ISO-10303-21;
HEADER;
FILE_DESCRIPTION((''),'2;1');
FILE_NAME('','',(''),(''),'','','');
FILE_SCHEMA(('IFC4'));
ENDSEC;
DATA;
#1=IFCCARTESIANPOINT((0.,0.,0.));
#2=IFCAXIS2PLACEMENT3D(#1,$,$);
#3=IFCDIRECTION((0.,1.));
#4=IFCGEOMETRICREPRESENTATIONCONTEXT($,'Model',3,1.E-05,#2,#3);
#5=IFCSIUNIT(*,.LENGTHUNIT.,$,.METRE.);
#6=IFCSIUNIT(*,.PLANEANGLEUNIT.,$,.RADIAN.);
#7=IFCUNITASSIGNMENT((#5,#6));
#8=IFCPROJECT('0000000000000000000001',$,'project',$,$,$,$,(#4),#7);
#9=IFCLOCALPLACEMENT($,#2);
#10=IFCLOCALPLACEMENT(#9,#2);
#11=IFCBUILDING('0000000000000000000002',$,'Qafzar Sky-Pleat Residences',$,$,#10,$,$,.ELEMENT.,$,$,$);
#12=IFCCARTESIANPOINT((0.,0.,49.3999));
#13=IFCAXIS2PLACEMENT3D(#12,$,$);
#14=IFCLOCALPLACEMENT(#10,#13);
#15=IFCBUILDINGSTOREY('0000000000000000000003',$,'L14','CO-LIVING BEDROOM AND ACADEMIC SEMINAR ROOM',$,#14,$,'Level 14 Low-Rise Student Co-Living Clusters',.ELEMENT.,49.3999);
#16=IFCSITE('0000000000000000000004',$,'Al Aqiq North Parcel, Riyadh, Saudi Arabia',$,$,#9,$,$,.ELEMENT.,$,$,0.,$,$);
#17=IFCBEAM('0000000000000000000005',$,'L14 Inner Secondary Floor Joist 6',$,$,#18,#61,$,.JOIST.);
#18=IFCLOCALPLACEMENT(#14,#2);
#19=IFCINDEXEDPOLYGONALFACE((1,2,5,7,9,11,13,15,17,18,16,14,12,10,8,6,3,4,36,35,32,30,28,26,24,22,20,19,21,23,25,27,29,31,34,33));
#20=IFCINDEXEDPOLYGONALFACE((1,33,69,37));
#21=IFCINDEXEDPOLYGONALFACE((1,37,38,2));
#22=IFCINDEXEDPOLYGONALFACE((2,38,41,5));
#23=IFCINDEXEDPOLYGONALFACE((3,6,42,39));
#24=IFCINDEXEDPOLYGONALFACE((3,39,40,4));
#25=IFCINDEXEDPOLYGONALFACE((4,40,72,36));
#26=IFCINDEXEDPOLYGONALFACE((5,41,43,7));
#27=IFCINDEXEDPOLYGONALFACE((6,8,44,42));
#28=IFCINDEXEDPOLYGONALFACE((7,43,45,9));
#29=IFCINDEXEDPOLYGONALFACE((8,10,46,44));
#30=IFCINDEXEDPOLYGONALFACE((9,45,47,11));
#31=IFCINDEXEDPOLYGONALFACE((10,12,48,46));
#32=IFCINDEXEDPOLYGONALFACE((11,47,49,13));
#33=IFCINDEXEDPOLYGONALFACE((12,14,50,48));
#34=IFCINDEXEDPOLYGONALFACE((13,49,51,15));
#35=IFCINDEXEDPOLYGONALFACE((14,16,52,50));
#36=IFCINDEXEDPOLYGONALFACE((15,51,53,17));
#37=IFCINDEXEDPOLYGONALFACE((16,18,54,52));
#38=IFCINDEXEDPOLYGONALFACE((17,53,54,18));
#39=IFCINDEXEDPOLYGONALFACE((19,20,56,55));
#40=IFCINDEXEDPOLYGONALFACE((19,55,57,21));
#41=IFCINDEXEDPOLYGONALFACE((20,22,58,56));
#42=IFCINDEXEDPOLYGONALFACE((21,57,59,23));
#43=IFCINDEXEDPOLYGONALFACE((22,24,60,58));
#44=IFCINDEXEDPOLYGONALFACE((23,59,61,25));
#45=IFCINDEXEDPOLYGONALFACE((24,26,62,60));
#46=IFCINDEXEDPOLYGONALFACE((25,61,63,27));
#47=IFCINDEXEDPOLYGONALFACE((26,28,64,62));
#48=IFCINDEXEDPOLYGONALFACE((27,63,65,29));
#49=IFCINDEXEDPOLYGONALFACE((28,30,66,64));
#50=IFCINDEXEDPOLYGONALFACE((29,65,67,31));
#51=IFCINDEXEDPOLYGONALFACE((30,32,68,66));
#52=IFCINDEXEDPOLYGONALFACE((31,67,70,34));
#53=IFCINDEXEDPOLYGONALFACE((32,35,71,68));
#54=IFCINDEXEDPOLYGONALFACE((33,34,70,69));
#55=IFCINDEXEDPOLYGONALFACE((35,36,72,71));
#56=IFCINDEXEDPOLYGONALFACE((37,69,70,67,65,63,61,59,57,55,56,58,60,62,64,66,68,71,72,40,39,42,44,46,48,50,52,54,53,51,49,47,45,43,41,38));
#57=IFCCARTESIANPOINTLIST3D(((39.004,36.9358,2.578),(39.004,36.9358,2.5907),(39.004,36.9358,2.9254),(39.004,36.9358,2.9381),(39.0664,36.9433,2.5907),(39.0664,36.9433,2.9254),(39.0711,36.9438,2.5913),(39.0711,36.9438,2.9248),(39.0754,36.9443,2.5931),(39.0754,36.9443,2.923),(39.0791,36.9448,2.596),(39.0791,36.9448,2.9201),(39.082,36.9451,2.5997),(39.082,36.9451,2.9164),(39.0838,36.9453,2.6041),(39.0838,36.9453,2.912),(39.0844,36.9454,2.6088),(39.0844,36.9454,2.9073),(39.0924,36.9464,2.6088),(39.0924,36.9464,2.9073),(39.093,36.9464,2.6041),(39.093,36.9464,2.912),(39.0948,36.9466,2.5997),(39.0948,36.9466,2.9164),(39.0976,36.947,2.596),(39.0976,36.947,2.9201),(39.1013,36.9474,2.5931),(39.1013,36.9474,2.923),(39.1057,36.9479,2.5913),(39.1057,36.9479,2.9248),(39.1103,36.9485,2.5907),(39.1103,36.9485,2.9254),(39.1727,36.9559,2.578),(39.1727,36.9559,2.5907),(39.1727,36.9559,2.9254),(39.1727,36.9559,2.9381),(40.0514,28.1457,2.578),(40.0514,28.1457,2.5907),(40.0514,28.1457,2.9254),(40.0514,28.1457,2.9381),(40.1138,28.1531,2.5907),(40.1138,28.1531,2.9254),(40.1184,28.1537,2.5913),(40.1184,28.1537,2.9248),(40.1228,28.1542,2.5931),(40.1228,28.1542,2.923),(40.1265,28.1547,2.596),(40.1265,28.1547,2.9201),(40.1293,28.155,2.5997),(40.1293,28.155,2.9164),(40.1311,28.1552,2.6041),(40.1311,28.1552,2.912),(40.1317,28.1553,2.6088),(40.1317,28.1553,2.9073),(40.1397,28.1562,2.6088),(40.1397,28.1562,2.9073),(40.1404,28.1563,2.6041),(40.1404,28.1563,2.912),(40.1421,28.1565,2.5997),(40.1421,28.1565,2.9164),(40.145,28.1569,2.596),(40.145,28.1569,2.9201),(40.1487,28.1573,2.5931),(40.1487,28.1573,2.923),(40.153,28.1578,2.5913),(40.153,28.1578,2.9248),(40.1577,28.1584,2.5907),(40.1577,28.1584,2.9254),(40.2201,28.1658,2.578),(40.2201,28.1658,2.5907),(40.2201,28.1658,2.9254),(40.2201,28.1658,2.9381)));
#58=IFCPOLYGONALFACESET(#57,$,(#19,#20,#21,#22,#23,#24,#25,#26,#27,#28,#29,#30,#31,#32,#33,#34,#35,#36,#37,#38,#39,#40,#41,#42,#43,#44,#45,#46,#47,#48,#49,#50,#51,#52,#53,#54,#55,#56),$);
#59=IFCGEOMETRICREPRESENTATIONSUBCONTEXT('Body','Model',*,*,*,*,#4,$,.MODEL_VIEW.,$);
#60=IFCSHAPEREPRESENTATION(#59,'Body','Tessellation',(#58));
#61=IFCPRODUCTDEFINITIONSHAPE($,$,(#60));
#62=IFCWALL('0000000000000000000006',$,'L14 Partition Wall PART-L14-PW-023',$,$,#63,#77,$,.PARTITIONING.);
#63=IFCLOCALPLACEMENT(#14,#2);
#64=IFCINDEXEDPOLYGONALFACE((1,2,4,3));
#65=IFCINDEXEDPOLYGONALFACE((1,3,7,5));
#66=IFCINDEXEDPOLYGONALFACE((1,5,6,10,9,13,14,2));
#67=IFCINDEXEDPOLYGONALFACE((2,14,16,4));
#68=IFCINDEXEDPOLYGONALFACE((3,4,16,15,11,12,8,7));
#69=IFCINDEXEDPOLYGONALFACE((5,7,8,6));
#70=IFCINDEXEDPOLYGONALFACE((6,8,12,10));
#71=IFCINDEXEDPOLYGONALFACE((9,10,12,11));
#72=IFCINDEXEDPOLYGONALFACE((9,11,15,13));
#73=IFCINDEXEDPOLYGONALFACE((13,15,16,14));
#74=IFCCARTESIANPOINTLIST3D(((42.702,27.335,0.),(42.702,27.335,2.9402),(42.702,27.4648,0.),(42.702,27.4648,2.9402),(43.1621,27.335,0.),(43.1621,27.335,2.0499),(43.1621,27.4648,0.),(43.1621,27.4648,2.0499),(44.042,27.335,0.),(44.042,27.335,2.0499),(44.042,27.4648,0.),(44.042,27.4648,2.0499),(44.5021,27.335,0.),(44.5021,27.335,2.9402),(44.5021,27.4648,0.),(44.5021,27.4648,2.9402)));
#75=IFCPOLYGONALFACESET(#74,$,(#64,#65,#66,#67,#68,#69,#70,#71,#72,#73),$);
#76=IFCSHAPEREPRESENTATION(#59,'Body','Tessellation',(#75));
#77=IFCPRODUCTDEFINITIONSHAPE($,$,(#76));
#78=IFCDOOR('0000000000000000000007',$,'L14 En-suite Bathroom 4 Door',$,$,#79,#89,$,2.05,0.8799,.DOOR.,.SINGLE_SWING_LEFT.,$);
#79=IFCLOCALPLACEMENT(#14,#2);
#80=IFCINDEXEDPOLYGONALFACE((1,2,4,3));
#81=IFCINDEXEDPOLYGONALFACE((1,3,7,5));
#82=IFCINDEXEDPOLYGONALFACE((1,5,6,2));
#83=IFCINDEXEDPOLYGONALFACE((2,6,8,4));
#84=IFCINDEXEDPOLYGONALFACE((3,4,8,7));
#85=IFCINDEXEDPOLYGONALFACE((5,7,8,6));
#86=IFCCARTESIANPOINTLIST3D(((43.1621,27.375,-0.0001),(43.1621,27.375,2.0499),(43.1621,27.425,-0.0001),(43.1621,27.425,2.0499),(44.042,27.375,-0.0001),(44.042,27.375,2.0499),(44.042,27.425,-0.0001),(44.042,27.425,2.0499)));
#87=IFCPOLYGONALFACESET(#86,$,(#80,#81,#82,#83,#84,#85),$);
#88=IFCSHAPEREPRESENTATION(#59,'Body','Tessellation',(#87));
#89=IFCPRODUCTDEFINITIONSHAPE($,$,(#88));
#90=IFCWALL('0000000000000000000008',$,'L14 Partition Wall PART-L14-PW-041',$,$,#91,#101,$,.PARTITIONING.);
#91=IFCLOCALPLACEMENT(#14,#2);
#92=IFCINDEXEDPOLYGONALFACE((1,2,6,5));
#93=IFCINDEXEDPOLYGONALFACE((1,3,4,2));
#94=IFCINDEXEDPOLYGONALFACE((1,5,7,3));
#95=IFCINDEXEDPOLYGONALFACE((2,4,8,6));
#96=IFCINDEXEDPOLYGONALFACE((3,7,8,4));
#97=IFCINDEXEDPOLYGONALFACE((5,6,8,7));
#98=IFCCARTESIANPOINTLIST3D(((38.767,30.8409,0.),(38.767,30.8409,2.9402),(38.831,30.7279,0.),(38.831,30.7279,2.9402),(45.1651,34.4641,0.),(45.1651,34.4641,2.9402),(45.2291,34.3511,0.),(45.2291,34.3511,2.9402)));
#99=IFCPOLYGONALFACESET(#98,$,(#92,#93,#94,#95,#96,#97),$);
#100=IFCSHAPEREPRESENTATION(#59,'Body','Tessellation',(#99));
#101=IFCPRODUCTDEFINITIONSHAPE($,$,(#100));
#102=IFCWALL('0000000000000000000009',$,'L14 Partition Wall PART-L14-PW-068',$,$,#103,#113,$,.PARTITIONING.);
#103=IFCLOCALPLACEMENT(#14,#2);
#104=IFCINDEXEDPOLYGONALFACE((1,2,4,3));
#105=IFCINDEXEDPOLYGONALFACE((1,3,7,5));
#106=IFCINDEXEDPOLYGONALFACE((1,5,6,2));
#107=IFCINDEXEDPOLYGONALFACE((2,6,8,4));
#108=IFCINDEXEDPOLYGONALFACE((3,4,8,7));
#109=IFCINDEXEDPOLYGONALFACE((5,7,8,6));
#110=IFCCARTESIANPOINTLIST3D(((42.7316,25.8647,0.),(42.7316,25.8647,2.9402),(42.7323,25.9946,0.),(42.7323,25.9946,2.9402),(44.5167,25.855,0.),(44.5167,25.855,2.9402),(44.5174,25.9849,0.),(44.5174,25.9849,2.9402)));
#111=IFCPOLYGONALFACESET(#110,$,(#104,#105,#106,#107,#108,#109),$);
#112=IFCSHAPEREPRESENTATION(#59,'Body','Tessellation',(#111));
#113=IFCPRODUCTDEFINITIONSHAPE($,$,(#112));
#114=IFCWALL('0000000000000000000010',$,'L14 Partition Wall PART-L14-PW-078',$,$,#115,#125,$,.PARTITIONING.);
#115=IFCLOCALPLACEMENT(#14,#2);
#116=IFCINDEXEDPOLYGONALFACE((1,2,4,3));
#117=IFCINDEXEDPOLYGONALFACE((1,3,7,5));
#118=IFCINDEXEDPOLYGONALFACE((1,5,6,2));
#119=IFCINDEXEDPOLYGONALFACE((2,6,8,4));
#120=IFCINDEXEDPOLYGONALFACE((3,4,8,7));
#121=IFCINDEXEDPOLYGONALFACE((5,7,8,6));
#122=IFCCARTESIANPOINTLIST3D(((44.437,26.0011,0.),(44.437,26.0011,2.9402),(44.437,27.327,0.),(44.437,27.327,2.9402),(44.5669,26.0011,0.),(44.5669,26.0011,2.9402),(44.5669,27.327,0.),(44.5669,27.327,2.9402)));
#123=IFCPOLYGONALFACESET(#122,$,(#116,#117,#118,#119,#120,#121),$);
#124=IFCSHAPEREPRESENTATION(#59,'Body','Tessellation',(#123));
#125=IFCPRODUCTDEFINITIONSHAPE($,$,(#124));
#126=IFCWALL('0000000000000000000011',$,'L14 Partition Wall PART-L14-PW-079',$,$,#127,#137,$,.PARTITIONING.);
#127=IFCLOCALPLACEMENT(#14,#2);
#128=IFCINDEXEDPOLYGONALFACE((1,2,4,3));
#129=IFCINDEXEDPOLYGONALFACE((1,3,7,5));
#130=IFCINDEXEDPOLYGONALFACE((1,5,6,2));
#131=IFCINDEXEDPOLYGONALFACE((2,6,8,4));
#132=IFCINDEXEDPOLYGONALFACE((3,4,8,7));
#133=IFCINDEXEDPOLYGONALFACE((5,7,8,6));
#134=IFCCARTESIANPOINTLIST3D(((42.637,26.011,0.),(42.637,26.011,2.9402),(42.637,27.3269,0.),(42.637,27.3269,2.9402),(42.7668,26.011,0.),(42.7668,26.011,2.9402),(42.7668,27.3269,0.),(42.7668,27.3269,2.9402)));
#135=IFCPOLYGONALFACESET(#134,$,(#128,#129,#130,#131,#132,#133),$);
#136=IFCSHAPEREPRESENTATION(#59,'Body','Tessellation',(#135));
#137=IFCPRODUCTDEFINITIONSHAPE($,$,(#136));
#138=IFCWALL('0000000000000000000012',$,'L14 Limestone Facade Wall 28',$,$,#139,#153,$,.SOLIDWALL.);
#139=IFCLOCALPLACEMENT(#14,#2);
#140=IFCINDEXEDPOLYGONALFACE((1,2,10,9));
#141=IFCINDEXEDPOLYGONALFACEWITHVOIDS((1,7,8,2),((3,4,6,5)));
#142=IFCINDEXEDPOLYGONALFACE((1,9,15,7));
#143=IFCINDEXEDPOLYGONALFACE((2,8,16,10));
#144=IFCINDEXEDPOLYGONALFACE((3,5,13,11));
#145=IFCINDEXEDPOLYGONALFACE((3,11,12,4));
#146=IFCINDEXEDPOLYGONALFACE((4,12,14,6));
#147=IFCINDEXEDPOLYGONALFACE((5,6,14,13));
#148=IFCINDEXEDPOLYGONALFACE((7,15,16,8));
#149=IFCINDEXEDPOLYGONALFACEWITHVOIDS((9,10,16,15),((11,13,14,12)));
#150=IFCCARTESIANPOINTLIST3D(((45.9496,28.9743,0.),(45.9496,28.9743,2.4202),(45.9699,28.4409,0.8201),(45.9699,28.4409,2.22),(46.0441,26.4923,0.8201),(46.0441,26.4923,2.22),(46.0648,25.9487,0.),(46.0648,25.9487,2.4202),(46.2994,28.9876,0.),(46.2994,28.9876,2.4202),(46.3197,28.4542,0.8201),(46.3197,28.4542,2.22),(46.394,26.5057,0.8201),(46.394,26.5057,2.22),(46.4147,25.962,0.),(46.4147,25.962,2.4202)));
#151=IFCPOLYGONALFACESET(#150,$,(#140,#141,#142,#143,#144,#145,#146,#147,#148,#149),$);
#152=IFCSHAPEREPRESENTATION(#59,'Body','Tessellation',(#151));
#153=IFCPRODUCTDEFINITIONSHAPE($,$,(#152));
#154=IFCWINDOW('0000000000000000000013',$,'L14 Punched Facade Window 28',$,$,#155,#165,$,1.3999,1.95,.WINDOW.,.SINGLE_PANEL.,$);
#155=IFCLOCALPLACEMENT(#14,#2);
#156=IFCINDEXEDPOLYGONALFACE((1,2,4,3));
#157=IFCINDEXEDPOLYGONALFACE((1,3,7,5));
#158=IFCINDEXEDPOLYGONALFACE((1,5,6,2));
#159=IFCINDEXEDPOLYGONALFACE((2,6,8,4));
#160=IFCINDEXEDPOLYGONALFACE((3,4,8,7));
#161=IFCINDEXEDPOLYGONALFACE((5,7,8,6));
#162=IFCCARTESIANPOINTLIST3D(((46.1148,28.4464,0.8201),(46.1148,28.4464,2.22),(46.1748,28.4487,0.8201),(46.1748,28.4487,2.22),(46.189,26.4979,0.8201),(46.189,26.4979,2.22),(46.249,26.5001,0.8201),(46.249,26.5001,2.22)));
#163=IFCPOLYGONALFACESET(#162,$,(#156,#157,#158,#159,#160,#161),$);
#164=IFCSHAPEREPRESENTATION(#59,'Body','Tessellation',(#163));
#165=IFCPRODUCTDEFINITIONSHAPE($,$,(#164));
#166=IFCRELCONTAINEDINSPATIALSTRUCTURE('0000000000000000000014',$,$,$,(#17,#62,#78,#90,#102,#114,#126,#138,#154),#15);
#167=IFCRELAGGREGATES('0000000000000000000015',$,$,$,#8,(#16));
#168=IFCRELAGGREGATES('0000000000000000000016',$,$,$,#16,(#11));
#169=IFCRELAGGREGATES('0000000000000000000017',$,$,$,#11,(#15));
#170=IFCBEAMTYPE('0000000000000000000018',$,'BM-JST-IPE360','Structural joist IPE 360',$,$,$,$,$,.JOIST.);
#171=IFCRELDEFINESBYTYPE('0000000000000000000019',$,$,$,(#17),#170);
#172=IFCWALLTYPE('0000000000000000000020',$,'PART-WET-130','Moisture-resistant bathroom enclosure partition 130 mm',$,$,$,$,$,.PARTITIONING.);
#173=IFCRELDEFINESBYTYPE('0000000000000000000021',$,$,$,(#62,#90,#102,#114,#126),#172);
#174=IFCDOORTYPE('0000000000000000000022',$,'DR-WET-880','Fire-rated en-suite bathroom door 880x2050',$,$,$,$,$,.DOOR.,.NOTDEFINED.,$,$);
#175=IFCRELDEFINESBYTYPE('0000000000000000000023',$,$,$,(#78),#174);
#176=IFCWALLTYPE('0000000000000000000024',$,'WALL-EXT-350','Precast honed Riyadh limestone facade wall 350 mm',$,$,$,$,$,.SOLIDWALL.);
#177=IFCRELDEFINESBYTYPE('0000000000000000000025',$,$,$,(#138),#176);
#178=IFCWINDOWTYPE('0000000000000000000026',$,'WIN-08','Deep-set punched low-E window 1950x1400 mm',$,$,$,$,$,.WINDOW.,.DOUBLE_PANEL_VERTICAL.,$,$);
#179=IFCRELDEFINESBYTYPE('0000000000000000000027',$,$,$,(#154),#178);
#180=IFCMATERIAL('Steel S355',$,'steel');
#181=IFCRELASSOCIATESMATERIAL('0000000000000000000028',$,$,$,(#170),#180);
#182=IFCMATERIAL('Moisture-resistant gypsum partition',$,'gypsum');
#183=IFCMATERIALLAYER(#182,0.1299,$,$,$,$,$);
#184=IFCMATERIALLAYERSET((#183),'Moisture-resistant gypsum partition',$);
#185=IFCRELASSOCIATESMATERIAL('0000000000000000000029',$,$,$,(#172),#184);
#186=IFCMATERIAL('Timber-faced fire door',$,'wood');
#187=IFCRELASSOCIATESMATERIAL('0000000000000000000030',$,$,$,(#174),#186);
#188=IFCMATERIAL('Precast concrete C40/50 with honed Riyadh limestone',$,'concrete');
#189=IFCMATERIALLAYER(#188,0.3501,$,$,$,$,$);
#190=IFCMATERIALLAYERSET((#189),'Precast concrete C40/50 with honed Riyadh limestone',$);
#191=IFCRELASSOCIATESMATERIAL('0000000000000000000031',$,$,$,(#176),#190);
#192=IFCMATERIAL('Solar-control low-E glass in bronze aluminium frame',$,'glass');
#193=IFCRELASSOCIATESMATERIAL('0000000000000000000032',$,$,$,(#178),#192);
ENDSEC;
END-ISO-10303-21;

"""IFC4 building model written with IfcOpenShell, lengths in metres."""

from ifc_helpers import new_model, si_unit, direction, frame, frame_2d, origin, origin_2d, place, context, subcontext, project, spatial, rectangle, i_section, extrude, source, transform, mapped, material, layer, layer_set, material_profile, profile_set, type_object, element, fill, save


model = new_model("IFC4")

# Units and contexts
model_context = context("Model", 3, precision=1e-05, world=origin(), true_north=direction((0.0, 1.0)))
body_context = subcontext(model_context, "Body", "Model", "MODEL_VIEW")
ifc_project = project(units=[si_unit("LENGTHUNIT", "METRE"), si_unit("PLANEANGLEUNIT", "RADIAN")], contexts=[model_context])

# Site, building, storey
site_placement = place(None, origin())
site = spatial("IfcSite", under=ifc_project, at=site_placement, Name="Al Aqiq North Parcel, Riyadh, Saudi Arabia", CompositionType="ELEMENT", RefElevation=0.0)
building_placement = place(site_placement, origin())
building = spatial("IfcBuilding", under=site, at=building_placement, Name="Qafzar Sky-Pleat Residences", CompositionType="ELEMENT")
storey_placement = place(building_placement, frame((0.0, 0.0, 49.3999)))
storey = spatial("IfcBuildingStorey", under=building, at=storey_placement, Name="L14", Description="CO-LIVING BEDROOM AND ACADEMIC SEMINAR ROOM", LongName="Level 14 Low-Rise Student Co-Living Clusters", CompositionType="ELEMENT", Elevation=49.3999)

# Beam
ifc_material_1 = material(Name="Steel S355", Category="steel")
ifc_material_profile_1 = material_profile(ifc_material_1, i_section(OverallWidth=0.1699, OverallDepth=0.3601, WebThickness=0.0081, FlangeThickness=0.0127, FilletRadius=0.0181, at=origin_2d()), Name="IPE 360")
ifc_profile_set_1 = profile_set([ifc_material_profile_1], Name="Steel S355")
beam_type_1 = type_object("IfcBeamType", Name="BM-JST-IPE360", Description="Structural joist IPE 360", PredefinedType="JOIST", material=ifc_profile_set_1)
shared_shape_1 = source(origin(), body_context, "Body", "SweptSolid", [
    extrude(i_section(OverallWidth=0.1699, OverallDepth=0.3601, WebThickness=0.0081, FlangeThickness=0.0127, FilletRadius=0.0181, at=origin_2d()), origin(), (0.0, 0.0, 1.0), 8.8523),
])
beam_1_placement = place(storey_placement, frame((40.1357, 28.1558, 2.7581), z_axis=(-0.118316, 0.992976, 0.0), x_axis=(-0.992976, -0.118316, 0.0)))
element("IfcBeam", 1, at=beam_1_placement, inside=storey, type_object=beam_type_1, Name="L14 Inner Secondary Floor Joist 6", PredefinedType="JOIST", context=body_context, shape_type="MappedRepresentation", body=[
    mapped(shared_shape_1, transform((0.0, 0.0, 0.0), x_axis=(1.0, 0.0, 0.0), y_axis=(0.0, 1.0, 0.0), z_axis=(0.0, 0.0, 1.0), scale=1.0)),
])

# Wall, opening, door
ifc_material_2 = material(Name="Moisture-resistant gypsum partition", Category="gypsum")
ifc_layer_1 = layer(ifc_material_2, 0.1299)
ifc_layer_set_1 = layer_set([ifc_layer_1], Name="Moisture-resistant gypsum partition")
wall_type_1 = type_object("IfcWallType", Name="PART-WET-130", Description="Moisture-resistant bathroom enclosure partition 130 mm", PredefinedType="PARTITIONING", material=ifc_layer_set_1)
wall_1_placement = place(storey_placement, frame((44.502, 27.3999, 0.0), z_axis=(0.0, 0.0, 1.0), x_axis=(-1.0, 0.0, 0.0)))
wall_1 = element("IfcWall", 2, at=wall_1_placement, inside=storey, type_object=wall_type_1, Name="L14 Partition Wall PART-L14-PW-023", PredefinedType="PARTITIONING", context=body_context, shape_type="SweptSolid", body=[
    extrude(rectangle(XDim=1.8, YDim=0.1299, at=frame_2d((0.8999, 0.0))), origin(), (0.0, 0.0, 1.0), 2.9402),
])
opening_1_placement = place(wall_1_placement, frame((0.46, 0.0, 0.0)))
opening_1 = element("IfcOpeningElement", 3, at=opening_1_placement, cuts=wall_1, PredefinedType="OPENING", context=body_context, shape_type="SweptSolid", body=[
    extrude(rectangle(XDim=0.8799, YDim=2.05, at=frame_2d((0.4399, 1.0249))), frame((0.0, 0.075, 0.0), z_axis=(0.0, -1.0, 0.0), x_axis=(1.0, 0.0, 0.0)), (0.0, 0.0, 1.0), 0.1499),
])
ifc_material_3 = material(Name="Timber-faced fire door", Category="wood")
door_type = type_object("IfcDoorType", Name="DR-WET-880", Description="Fire-rated en-suite bathroom door 880x2050", OperationType="NOTDEFINED", PredefinedType="DOOR", material=ifc_material_3)
shared_shape_2 = source(origin(), body_context, "Body", "SweptSolid", [
    extrude(rectangle(XDim=0.8799, YDim=2.05, at=frame_2d((0.4399, 1.0249))), frame((0.0, 0.0249, 0.0), z_axis=(0.0, -1.0, 0.0), x_axis=(1.0, 0.0, 0.0)), (0.0, 0.0, 1.0), 0.05),
])
door_placement = place(opening_1_placement, origin())
door = element("IfcDoor", 4, at=door_placement, inside=storey, type_object=door_type, Name="L14 En-suite Bathroom 4 Door", OperationType="SINGLE_SWING_LEFT", OverallHeight=2.05, OverallWidth=0.8799, PredefinedType="DOOR", context=body_context, shape_type="MappedRepresentation", body=[
    mapped(shared_shape_2, transform((0.0, 0.0, 0.0), x_axis=(1.0, 0.0, 0.0), y_axis=(0.0, 1.0, 0.0), z_axis=(0.0, 0.0, 1.0), scale=1.0)),
])
fill(opening_1, door)

# Walls
wall_2_placement = place(storey_placement, frame((38.7991, 30.7844, 0.0), z_axis=(0.0, 0.0, 1.0), x_axis=(0.870159, 0.49277, 0.0)))
element("IfcWall", 5, at=wall_2_placement, inside=storey, type_object=wall_type_1, Name="L14 Partition Wall PART-L14-PW-041", PredefinedType="PARTITIONING", context=body_context, shape_type="SweptSolid", body=[
    extrude(rectangle(XDim=7.3528, YDim=0.1299, at=frame_2d((3.6763, 0.0))), origin(), (0.0, 0.0, 1.0), 2.9402),
])
wall_3_placement = place(storey_placement, frame((42.7319, 25.9297, 0.0), z_axis=(0.0, 0.0, 1.0), x_axis=(0.999985, -0.00547, 0.0)))
element("IfcWall", 6, at=wall_3_placement, inside=storey, type_object=wall_type_1, Name="L14 Partition Wall PART-L14-PW-068", PredefinedType="PARTITIONING", context=body_context, shape_type="SweptSolid", body=[
    extrude(rectangle(XDim=1.7852, YDim=0.1299, at=frame_2d((0.8926, 0.0))), origin(), (0.0, 0.0, 1.0), 2.9402),
])
wall_4_placement = place(storey_placement, frame((44.502, 26.001, 0.0), z_axis=(0.0, 0.0, 1.0), x_axis=(0.0, 1.0, 0.0)))
element("IfcWall", 7, at=wall_4_placement, inside=storey, type_object=wall_type_1, Name="L14 Partition Wall PART-L14-PW-078", PredefinedType="PARTITIONING", context=body_context, shape_type="SweptSolid", body=[
    extrude(rectangle(XDim=1.3259, YDim=0.1299, at=frame_2d((0.6631, 0.0))), origin(), (0.0, 0.0, 1.0), 2.9402),
])
wall_5_placement = place(storey_placement, frame((42.7019, 26.011, 0.0), z_axis=(0.0, 0.0, 1.0), x_axis=(0.0, 1.0, 0.0)))
element("IfcWall", 8, at=wall_5_placement, inside=storey, type_object=wall_type_1, Name="L14 Partition Wall PART-L14-PW-079", PredefinedType="PARTITIONING", context=body_context, shape_type="SweptSolid", body=[
    extrude(rectangle(XDim=1.3159, YDim=0.1299, at=frame_2d((0.658, 0.0))), origin(), (0.0, 0.0, 1.0), 2.9402),
])

# Wall, opening, window
ifc_material_4 = material(Name="Precast concrete C40/50 with honed Riyadh limestone", Category="concrete")
ifc_layer_2 = layer(ifc_material_4, 0.3501)
ifc_layer_set_2 = layer_set([ifc_layer_2], Name="Precast concrete C40/50 with honed Riyadh limestone")
wall_type_2 = type_object("IfcWallType", Name="WALL-EXT-350", Description="Precast honed Riyadh limestone facade wall 350 mm", PredefinedType="SOLIDWALL", material=ifc_layer_set_2)
wall_6_placement = place(storey_placement, frame((46.2397, 25.9553, 0.0), z_axis=(0.0, 0.0, 1.0), x_axis=(-0.038058, 0.999276, 0.0)))
wall_6 = element("IfcWall", 9, at=wall_6_placement, inside=storey, type_object=wall_type_2, Name="L14 Limestone Facade Wall 28", PredefinedType="SOLIDWALL", context=body_context, shape_type="SweptSolid", body=[
    extrude(rectangle(XDim=3.0278, YDim=0.3501, at=frame_2d((1.5139, 0.0))), origin(), (0.0, 0.0, 1.0), 2.4202),
])
opening_2_placement = place(wall_6_placement, frame((0.5439, 0.0, 0.8201)))
opening_2 = element("IfcOpeningElement", 10, at=opening_2_placement, cuts=wall_6, PredefinedType="OPENING", context=body_context, shape_type="SweptSolid", body=[
    extrude(rectangle(XDim=1.95, YDim=1.3999, at=frame_2d((0.9751, 0.7))), frame((0.0, 0.1851, 0.0), z_axis=(0.0, -1.0, 0.0), x_axis=(1.0, 0.0, 0.0)), (0.0, 0.0, 1.0), 0.3701),
])
ifc_material_5 = material(Name="Solar-control low-E glass in bronze aluminium frame", Category="glass")
window_type_1 = type_object("IfcWindowType", Name="WIN-08", Description="Deep-set punched low-E window 1950x1400 mm", PartitioningType="DOUBLE_PANEL_VERTICAL", PredefinedType="WINDOW", material=ifc_material_5)
shared_shape_3 = source(origin(), body_context, "Body", "SweptSolid", [
    extrude(rectangle(XDim=1.95, YDim=1.3999, at=frame_2d((0.9751, 0.7))), frame((0.0, 0.03, 0.0), z_axis=(0.0, -1.0, 0.0), x_axis=(1.0, 0.0, 0.0)), (0.0, 0.0, 1.0), 0.0601),
])
window_1_placement = place(opening_2_placement, origin())
window_1 = element("IfcWindow", 11, at=window_1_placement, inside=storey, type_object=window_type_1, Name="L14 Punched Facade Window 28", OverallHeight=1.3999, OverallWidth=1.95, PartitioningType="SINGLE_PANEL", PredefinedType="WINDOW", context=body_context, shape_type="MappedRepresentation", body=[
    mapped(shared_shape_3, transform((0.0, 0.0, 0.0), x_axis=(1.0, 0.0, 0.0), y_axis=(0.0, 1.0, 0.0), z_axis=(0.0, 0.0, 1.0), scale=1.0)),
])
fill(opening_2, window_1)

save(model, "model.ifc")
